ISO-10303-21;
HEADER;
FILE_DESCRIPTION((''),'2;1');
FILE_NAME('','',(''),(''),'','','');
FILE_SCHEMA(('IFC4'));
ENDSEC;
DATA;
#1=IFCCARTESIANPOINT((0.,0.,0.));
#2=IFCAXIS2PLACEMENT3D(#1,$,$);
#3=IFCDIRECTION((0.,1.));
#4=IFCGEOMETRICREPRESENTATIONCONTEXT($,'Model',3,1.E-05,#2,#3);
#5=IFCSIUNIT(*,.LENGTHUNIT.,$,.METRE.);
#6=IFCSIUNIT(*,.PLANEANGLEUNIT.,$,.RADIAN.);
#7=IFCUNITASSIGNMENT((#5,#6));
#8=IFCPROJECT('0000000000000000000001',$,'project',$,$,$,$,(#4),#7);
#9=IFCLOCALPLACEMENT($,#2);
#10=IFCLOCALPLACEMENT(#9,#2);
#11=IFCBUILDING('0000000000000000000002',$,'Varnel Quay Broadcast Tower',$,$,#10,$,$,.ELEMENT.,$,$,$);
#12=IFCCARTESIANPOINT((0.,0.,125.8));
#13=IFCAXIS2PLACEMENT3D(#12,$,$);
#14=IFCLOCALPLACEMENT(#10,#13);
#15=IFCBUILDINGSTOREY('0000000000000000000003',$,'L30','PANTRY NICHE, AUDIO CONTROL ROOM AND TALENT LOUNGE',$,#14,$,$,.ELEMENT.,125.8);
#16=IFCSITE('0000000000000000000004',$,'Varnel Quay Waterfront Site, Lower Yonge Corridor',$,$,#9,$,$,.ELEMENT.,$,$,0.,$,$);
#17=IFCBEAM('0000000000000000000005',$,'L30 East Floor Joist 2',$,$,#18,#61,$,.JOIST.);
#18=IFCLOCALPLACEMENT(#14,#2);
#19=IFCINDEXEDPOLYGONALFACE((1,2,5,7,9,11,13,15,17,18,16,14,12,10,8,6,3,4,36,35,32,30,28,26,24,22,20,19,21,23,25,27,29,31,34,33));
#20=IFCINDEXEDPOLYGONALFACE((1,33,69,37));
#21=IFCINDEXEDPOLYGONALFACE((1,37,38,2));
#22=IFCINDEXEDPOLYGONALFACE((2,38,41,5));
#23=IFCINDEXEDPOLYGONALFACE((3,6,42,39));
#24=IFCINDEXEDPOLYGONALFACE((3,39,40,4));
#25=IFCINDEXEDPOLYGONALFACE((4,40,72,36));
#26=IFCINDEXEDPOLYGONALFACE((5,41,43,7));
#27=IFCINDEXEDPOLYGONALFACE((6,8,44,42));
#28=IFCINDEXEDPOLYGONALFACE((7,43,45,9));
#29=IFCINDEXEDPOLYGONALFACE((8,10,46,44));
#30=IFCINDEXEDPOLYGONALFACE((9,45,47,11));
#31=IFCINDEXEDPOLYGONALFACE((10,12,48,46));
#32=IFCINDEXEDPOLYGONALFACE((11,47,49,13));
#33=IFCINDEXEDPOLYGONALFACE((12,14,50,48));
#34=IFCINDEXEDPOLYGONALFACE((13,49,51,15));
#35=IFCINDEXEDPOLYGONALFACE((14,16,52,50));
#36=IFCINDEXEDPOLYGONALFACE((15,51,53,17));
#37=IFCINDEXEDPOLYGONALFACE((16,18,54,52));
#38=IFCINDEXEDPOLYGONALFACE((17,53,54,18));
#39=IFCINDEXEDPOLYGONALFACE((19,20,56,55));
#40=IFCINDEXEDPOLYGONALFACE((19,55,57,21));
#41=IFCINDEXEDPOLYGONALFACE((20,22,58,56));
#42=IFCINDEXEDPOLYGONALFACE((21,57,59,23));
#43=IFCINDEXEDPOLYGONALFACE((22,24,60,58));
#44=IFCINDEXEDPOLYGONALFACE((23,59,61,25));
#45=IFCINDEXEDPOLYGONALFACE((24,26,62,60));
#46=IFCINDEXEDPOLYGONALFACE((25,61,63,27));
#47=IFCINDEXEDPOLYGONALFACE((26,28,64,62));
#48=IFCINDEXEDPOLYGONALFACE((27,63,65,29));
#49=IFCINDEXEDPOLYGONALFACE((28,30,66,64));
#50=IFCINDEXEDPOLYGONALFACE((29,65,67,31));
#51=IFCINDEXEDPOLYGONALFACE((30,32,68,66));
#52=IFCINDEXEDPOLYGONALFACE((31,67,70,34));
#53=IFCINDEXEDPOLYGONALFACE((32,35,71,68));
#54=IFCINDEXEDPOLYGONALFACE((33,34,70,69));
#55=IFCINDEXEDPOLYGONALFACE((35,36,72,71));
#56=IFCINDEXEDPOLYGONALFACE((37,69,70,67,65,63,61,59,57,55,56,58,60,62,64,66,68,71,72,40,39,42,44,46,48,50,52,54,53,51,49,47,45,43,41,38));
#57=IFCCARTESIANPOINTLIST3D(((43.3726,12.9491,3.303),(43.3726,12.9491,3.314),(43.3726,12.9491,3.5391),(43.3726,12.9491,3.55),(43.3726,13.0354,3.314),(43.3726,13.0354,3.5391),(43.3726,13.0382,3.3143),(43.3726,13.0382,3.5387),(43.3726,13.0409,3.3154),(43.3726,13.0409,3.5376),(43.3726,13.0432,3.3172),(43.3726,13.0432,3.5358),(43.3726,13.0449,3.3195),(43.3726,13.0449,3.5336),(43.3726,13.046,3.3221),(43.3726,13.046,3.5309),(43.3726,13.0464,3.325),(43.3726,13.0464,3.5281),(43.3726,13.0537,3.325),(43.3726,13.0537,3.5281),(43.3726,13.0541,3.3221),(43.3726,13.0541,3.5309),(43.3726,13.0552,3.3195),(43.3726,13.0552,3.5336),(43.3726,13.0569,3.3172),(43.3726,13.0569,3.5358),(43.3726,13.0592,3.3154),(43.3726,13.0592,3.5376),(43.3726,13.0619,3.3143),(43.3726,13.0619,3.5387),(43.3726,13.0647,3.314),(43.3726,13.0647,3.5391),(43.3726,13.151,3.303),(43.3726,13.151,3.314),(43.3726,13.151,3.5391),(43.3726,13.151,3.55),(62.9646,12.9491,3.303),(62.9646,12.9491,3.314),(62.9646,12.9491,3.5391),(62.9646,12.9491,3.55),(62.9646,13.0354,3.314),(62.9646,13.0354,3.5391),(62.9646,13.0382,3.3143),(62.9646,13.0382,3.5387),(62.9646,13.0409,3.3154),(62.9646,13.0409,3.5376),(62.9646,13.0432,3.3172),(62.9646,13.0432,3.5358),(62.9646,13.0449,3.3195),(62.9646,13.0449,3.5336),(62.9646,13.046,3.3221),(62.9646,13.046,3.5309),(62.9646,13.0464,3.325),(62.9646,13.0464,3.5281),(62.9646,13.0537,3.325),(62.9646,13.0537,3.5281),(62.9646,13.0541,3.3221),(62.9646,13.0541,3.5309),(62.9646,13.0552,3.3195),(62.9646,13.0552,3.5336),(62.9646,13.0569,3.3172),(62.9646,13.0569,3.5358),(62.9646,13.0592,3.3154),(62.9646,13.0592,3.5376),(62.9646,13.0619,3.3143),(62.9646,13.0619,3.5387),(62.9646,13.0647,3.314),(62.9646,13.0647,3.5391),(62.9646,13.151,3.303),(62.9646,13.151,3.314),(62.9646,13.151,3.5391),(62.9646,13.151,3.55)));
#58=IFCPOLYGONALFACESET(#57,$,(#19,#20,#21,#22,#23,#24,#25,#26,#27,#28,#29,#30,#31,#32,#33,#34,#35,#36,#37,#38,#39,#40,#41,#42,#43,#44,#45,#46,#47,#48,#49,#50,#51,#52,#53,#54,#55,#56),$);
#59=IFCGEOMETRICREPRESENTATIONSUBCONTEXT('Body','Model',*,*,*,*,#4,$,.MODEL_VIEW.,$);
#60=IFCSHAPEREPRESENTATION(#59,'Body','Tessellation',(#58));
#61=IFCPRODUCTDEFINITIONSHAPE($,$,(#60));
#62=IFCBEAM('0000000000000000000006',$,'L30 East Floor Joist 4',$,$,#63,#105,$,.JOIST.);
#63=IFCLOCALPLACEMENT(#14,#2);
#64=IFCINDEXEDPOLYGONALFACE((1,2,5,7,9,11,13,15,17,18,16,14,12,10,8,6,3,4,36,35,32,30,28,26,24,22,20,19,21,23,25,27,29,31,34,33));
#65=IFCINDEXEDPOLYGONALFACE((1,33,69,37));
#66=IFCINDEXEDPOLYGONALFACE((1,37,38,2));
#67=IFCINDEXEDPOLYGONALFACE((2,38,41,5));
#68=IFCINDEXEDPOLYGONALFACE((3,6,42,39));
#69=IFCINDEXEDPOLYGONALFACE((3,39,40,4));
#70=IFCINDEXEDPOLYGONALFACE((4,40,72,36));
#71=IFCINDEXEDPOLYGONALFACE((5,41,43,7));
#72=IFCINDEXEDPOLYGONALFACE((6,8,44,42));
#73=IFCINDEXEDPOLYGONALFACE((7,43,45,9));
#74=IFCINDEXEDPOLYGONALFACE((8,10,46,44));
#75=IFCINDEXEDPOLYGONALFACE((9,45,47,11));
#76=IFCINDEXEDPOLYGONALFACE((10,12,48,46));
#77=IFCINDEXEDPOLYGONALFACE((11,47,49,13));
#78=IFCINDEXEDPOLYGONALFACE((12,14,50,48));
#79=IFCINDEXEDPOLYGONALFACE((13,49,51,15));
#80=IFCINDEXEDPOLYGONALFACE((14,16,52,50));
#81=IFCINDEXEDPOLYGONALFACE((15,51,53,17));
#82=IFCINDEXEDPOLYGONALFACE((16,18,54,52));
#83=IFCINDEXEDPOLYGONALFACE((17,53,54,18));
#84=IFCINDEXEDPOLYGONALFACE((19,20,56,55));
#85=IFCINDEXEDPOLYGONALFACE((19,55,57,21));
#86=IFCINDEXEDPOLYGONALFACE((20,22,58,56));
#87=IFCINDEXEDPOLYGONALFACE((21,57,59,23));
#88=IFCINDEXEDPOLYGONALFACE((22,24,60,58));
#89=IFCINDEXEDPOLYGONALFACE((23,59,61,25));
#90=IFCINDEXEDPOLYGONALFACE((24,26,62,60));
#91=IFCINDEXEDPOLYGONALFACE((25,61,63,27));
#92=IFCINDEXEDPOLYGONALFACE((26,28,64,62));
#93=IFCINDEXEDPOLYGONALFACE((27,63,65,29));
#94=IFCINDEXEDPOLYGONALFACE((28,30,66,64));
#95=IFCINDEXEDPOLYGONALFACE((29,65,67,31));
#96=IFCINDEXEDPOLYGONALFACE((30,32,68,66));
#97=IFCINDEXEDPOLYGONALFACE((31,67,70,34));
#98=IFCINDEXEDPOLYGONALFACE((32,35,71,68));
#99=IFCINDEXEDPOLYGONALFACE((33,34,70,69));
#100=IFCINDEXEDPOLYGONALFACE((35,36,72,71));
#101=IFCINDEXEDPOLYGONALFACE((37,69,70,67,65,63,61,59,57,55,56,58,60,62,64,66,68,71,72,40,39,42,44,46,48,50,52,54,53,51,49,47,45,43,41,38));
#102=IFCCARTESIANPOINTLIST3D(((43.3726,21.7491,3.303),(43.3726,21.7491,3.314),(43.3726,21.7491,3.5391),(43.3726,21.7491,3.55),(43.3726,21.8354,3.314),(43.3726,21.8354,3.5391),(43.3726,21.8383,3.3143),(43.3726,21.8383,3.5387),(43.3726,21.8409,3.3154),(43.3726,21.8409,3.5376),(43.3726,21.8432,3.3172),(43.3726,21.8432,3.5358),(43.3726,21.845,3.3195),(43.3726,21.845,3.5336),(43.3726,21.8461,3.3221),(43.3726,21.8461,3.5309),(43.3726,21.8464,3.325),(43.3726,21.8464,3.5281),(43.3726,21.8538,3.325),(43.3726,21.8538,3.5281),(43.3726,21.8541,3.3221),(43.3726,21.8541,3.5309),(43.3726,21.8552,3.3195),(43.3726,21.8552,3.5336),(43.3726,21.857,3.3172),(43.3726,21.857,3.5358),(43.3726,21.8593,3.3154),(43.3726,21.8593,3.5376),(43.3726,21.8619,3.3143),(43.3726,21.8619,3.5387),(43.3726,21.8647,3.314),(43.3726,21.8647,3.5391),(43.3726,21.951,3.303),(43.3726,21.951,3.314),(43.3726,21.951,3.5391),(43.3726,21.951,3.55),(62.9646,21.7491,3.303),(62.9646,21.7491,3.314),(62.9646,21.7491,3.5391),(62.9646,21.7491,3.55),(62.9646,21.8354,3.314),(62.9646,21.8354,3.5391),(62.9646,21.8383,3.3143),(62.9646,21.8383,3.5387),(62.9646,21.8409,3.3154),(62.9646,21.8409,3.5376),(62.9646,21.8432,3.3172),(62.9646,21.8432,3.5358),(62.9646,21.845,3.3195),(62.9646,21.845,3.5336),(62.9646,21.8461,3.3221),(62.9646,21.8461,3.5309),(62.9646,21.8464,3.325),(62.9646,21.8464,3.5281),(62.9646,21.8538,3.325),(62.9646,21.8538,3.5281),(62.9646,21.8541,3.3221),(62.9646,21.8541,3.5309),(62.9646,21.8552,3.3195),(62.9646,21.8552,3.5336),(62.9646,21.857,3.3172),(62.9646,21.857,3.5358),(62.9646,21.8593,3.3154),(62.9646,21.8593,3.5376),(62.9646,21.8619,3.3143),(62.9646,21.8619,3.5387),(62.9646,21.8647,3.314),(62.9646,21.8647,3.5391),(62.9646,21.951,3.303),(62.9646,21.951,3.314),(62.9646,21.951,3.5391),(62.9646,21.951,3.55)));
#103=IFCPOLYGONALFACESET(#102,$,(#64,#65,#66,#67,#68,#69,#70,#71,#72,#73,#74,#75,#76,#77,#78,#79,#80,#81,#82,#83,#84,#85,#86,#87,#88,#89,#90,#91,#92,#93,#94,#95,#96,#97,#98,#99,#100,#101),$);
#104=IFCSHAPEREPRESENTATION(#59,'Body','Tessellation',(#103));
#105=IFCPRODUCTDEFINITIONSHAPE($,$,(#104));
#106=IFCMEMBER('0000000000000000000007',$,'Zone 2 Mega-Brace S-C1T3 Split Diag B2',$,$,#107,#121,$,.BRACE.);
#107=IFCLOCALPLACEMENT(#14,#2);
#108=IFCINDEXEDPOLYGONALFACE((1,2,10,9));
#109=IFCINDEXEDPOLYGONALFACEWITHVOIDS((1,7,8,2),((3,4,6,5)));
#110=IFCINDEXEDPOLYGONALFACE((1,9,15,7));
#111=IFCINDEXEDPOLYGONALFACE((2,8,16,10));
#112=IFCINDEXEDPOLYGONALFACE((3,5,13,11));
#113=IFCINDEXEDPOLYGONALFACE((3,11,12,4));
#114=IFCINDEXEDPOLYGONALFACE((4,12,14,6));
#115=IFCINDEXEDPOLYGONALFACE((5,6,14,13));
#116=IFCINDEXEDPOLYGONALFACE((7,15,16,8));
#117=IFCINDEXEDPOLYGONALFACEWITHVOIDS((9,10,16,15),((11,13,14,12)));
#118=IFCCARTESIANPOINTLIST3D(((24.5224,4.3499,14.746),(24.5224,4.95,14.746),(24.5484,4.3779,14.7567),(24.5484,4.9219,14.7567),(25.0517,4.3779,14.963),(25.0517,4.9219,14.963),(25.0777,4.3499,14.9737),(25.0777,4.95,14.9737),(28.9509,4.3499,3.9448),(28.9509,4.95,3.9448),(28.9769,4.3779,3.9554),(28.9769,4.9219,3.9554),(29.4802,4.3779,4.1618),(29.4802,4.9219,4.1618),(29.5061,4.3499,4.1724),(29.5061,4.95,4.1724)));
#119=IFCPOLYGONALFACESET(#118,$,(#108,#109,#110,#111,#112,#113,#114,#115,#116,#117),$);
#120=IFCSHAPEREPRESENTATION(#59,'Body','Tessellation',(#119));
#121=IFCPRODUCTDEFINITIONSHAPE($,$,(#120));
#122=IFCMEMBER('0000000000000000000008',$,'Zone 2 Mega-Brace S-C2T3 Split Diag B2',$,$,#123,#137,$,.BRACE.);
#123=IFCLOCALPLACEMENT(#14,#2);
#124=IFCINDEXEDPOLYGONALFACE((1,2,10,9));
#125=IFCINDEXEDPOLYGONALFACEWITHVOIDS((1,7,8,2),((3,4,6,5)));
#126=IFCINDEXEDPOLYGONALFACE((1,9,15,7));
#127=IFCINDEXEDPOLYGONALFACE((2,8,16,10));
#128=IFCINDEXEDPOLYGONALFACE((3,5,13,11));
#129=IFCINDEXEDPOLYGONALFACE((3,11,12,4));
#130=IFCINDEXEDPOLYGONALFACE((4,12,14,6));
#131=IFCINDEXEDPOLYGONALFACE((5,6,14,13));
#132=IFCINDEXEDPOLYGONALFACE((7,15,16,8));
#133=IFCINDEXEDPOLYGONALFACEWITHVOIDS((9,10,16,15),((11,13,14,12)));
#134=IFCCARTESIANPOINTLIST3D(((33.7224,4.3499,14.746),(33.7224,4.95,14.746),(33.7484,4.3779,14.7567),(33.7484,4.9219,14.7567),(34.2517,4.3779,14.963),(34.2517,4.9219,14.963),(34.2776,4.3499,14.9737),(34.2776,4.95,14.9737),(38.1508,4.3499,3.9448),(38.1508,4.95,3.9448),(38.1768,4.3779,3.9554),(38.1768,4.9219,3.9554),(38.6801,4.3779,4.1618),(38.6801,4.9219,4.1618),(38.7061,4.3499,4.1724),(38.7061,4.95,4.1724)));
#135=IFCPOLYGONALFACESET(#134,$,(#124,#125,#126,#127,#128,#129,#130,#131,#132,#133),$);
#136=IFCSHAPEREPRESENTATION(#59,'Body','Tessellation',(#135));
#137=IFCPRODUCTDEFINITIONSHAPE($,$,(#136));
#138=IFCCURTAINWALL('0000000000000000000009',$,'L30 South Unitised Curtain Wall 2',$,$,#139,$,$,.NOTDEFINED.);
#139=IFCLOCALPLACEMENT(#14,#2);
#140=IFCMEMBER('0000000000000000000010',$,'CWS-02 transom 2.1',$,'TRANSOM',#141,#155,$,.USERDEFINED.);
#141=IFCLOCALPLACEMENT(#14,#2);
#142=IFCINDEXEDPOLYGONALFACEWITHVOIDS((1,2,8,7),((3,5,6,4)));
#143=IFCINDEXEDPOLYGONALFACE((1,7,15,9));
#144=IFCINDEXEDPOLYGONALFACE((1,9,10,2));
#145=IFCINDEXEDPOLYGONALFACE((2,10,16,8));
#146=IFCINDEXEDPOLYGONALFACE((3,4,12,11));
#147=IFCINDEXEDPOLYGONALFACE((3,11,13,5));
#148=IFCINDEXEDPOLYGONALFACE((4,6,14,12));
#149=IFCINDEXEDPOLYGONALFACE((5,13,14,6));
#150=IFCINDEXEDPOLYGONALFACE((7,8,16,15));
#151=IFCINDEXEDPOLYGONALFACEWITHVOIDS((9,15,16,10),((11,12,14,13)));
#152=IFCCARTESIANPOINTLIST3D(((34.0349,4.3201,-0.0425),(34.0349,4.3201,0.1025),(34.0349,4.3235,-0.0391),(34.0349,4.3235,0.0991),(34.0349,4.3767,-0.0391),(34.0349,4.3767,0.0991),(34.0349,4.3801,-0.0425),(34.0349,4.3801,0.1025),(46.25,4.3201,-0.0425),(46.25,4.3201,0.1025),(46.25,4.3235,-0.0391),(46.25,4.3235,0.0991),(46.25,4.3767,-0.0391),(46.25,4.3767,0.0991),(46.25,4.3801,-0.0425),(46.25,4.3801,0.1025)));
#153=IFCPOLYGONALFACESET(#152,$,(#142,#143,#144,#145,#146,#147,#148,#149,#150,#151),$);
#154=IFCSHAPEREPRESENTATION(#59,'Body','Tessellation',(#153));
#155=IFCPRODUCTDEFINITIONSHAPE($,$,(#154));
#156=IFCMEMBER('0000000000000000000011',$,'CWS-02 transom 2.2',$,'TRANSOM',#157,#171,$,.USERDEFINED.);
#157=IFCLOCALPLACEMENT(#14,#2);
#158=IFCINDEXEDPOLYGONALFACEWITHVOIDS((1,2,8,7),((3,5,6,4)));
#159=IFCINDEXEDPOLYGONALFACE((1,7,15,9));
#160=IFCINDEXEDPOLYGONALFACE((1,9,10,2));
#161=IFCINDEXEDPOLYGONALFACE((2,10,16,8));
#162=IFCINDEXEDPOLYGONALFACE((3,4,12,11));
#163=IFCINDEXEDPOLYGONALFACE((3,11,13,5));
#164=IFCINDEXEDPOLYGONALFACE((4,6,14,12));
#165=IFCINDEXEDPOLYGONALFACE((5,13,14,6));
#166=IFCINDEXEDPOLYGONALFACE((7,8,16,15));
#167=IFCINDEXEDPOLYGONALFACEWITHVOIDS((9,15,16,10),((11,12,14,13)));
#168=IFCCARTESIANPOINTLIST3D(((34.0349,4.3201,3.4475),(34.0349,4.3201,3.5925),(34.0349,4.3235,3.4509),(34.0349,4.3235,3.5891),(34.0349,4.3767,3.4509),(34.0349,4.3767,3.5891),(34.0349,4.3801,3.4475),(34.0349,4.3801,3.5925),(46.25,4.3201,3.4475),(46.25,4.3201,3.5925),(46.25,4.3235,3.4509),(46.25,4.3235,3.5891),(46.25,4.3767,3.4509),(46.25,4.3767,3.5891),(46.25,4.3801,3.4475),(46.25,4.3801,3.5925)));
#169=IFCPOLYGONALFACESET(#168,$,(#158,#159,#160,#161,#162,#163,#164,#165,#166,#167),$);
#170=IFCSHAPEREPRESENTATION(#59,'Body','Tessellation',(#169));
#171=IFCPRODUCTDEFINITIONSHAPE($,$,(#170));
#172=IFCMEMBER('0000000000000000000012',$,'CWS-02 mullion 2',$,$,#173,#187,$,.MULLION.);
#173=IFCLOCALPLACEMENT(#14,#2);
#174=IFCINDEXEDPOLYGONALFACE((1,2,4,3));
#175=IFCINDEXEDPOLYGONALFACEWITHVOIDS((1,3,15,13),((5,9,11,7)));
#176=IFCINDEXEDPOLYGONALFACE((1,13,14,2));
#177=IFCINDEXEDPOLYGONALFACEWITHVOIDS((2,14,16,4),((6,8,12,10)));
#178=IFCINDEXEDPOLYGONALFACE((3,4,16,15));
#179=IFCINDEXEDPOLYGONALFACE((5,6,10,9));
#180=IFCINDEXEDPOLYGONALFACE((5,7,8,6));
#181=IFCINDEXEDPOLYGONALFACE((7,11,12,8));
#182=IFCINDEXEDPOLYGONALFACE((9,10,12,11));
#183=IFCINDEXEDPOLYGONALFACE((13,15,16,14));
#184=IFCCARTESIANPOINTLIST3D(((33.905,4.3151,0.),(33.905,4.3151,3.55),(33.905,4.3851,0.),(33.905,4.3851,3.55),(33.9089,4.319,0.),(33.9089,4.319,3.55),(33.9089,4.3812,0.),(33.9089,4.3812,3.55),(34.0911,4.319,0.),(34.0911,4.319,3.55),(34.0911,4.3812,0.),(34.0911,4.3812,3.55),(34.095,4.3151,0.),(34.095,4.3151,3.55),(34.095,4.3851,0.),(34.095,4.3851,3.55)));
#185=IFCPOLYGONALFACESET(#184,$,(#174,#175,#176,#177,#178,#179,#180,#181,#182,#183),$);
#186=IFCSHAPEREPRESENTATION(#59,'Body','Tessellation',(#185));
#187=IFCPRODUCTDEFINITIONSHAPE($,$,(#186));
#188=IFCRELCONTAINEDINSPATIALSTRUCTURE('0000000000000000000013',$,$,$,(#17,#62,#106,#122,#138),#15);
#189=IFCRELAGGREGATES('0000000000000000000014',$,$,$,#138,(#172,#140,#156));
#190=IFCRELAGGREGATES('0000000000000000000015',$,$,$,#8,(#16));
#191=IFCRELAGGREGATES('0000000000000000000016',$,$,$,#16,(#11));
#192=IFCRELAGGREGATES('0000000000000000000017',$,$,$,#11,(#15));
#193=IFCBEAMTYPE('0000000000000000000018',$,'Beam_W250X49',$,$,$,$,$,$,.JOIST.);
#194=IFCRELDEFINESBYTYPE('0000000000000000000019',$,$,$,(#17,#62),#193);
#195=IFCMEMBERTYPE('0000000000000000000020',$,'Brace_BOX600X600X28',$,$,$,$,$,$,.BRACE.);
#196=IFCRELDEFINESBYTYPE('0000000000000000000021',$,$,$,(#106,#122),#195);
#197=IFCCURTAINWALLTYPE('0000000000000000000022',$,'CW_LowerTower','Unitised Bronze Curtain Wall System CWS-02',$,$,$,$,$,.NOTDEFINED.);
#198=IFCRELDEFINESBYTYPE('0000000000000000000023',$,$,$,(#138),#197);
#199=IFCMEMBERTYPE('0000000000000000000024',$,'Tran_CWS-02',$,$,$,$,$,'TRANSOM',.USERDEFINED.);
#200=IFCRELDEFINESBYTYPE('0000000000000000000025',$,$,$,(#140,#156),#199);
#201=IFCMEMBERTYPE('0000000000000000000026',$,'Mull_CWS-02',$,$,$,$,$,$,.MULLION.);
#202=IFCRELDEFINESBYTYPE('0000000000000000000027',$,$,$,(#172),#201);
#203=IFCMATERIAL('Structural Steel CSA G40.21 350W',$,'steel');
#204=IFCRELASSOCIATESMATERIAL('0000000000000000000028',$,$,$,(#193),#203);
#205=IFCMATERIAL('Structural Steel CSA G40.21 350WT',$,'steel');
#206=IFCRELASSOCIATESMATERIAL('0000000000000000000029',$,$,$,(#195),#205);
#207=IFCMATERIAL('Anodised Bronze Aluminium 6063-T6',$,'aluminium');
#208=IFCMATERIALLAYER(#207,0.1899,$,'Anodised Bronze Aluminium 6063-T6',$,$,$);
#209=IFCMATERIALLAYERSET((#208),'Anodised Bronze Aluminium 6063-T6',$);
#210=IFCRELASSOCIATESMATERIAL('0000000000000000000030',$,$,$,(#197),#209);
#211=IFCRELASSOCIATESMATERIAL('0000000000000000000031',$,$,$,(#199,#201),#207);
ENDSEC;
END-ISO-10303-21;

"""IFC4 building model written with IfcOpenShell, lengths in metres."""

from ifc_helpers import new_model, si_unit, direction, frame, origin, origin_2d, place, context, subcontext, project, spatial, hollow_rectangle, i_section, extrude, source, transform, mapped, material, layer, layer_set, material_profile, profile_set, type_object, type_shapes, element, aggregate, save


model = new_model("IFC4")

# Units and contexts
model_context = context("Model", 3, precision=1e-05, world=origin(), true_north=direction((0.0, 1.0)))
body_context = subcontext(model_context, "Body", "Model", "MODEL_VIEW")
ifc_project = project(units=[si_unit("LENGTHUNIT", "METRE"), si_unit("PLANEANGLEUNIT", "RADIAN")], contexts=[model_context])

# Site, building, storey
site_placement = place(None, origin())
site = spatial("IfcSite", under=ifc_project, at=site_placement, Name="Varnel Quay Waterfront Site, Lower Yonge Corridor", CompositionType="ELEMENT", RefElevation=0.0)
building_placement = place(site_placement, origin())
building = spatial("IfcBuilding", under=site, at=building_placement, Name="Varnel Quay Broadcast Tower", CompositionType="ELEMENT")
storey_placement = place(building_placement, frame((0.0, 0.0, 125.8)))
storey = spatial("IfcBuildingStorey", under=building, at=storey_placement, Name="L30", Description="PANTRY NICHE, AUDIO CONTROL ROOM AND TALENT LOUNGE", CompositionType="ELEMENT", Elevation=125.8)

# Shared definitions
ifc_material_1 = material(Name="Structural Steel CSA G40.21 350W", Category="steel")

# Beams
ifc_material_profile_1 = material_profile(ifc_material_1, i_section(OverallWidth=0.2019, OverallDepth=0.2471, WebThickness=0.0073, FlangeThickness=0.011, FilletRadius=0.011, at=origin_2d()), Name="W250X49")
ifc_profile_set_1 = profile_set([ifc_material_profile_1], Name="Structural Steel CSA G40.21 350W")
beam_type_1 = type_object("IfcBeamType", Name="Beam_W250X49", PredefinedType="JOIST", material=ifc_profile_set_1)
shared_shape_1 = source(origin(), body_context, "Body", "SweptSolid", [
    extrude(i_section(OverallWidth=0.2019, OverallDepth=0.2471, WebThickness=0.0073, FlangeThickness=0.011, FilletRadius=0.011, at=origin_2d()), origin(), (0.0, 0.0, 1.0), 19.592),
])
type_shapes(beam_type_1, [shared_shape_1])
for number, where, z_axis, x_axis, name in (
    (1, (43.3726, 13.05, 3.4265), (1.0, 0.0, 0.0), (0.0, 1.0, 0.0), "L30 East Floor Joist 2"),
    (2, (43.3726, 21.8501, 3.4265), (1.0, 0.0, 0.0), (0.0, 1.0, 0.0), "L30 East Floor Joist 4"),
):
    element("IfcBeam", number, at=place(storey_placement, frame(where, z_axis=z_axis, x_axis=x_axis)), inside=storey, type_object=beam_type_1, Name=name, PredefinedType="JOIST", context=body_context, shape_type="MappedRepresentation", body=[
        mapped(shared_shape_1, transform((0.0, 0.0, 0.0), x_axis=(1.0, 0.0, 0.0), y_axis=(0.0, 1.0, 0.0), z_axis=(0.0, 0.0, 1.0), scale=1.0)),
    ])

# Members
ifc_material_2 = material(Name="Structural Steel CSA G40.21 350WT", Category="steel")
ifc_material_profile_2 = material_profile(ifc_material_2, hollow_rectangle(XDim=0.6001, YDim=0.6001, WallThickness=0.0281, at=origin_2d()), Name="BOX600X600X28")
ifc_profile_set_2 = profile_set([ifc_material_profile_2], Name="Structural Steel CSA G40.21 350WT")
member_type_1 = type_object("IfcMemberType", Name="Brace_BOX600X600X28", PredefinedType="BRACE", material=ifc_profile_set_2)
shared_shape_2 = source(origin(), body_context, "Body", "SweptSolid", [
    extrude(hollow_rectangle(XDim=0.6001, YDim=0.6001, WallThickness=0.0281, at=origin_2d()), origin(), (0.0, 0.0, 1.0), 11.6738),
])
type_shapes(member_type_1, [shared_shape_2])
for number, where, z_axis, x_axis, name in (
    (3, (29.2285, 4.6499, 4.0586), (-0.379349, 0.0, 0.925254), (0.0, -1.0, 0.0), "Zone 2 Mega-Brace S-C1T3 Split Diag B2"),
    (4, (38.4285, 4.6499, 4.0586), (-0.379349, 0.0, 0.925254), (0.0, -1.0, 0.0), "Zone 2 Mega-Brace S-C2T3 Split Diag B2"),
):
    element("IfcMember", number, at=place(storey_placement, frame(where, z_axis=z_axis, x_axis=x_axis)), inside=storey, type_object=member_type_1, Name=name, PredefinedType="BRACE", context=body_context, shape_type="MappedRepresentation", body=[
        mapped(shared_shape_2, transform((0.0, 0.0, 0.0), x_axis=(1.0, 0.0, 0.0), y_axis=(0.0, 1.0, 0.0), z_axis=(0.0, 0.0, 1.0), scale=1.0)),
    ])

# Curtain wall, members
ifc_material_3 = material(Name="Anodised Bronze Aluminium 6063-T6", Category="aluminium")
ifc_layer_1 = layer(ifc_material_3, 0.1899, Name="Anodised Bronze Aluminium 6063-T6")
ifc_layer_set_1 = layer_set([ifc_layer_1], Name="Anodised Bronze Aluminium 6063-T6")
curtain_wall_type = type_object("IfcCurtainWallType", Name="CW_LowerTower", Description="Unitised Bronze Curtain Wall System CWS-02", PredefinedType="NOTDEFINED", material=ifc_layer_set_1)
curtain_wall_placement = place(storey_placement, origin())
curtain_wall = element("IfcCurtainWall", 5, at=curtain_wall_placement, inside=storey, type_object=curtain_wall_type, Name="L30 South Unitised Curtain Wall 2", PredefinedType="NOTDEFINED")
ifc_material_profile_3 = material_profile(ifc_material_3, hollow_rectangle(XDim=0.0601, YDim=0.145, WallThickness=0.0034, at=origin_2d()), Name="ALU60X145X3.5")
ifc_profile_set_3 = profile_set([ifc_material_profile_3], Name="Anodised Bronze Aluminium 6063-T6")
member_type_2 = type_object("IfcMemberType", Name="Tran_CWS-02", ElementType="TRANSOM", PredefinedType="USERDEFINED", material=ifc_profile_set_3)
shared_shape_3 = source(origin(), body_context, "Body", "SweptSolid", [
    extrude(hollow_rectangle(XDim=0.0601, YDim=0.145, WallThickness=0.0034, at=origin_2d()), origin(), (0.0, 0.0, 1.0), 12.2151),
])
type_shapes(member_type_2, [shared_shape_3])
member_1_placement = place(storey_placement, frame((34.0349, 4.3501, 0.03), z_axis=(1.0, 0.0, 0.0), x_axis=(0.0, 1.0, 0.0)))
member_1 = element("IfcMember", 6, at=member_1_placement, type_object=member_type_2, Name="CWS-02 transom 2.1", ObjectType="TRANSOM", PredefinedType="USERDEFINED", context=body_context, shape_type="MappedRepresentation", body=[
    mapped(shared_shape_3, transform((0.0, 0.0, 0.0), x_axis=(1.0, 0.0, 0.0), y_axis=(0.0, 1.0, 0.0), z_axis=(0.0, 0.0, 1.0), scale=1.0)),
])
member_2_placement = place(storey_placement, frame((34.0349, 4.3501, 3.52), z_axis=(1.0, 0.0, 0.0), x_axis=(0.0, 1.0, 0.0)))
member_2 = element("IfcMember", 7, at=member_2_placement, type_object=member_type_2, Name="CWS-02 transom 2.2", ObjectType="TRANSOM", PredefinedType="USERDEFINED", context=body_context, shape_type="MappedRepresentation", body=[
    mapped(shared_shape_3, transform((0.0, 0.0, 0.0), x_axis=(1.0, 0.0, 0.0), y_axis=(0.0, 1.0, 0.0), z_axis=(0.0, 0.0, 1.0), scale=1.0)),
])
ifc_material_profile_4 = material_profile(ifc_material_3, hollow_rectangle(XDim=0.0701, YDim=0.1899, WallThickness=0.0039, at=origin_2d()), Name="ALU70X190X4")
ifc_profile_set_4 = profile_set([ifc_material_profile_4], Name="Anodised Bronze Aluminium 6063-T6")
member_type_3 = type_object("IfcMemberType", Name="Mull_CWS-02", PredefinedType="MULLION", material=ifc_profile_set_4)
shared_shape_4 = source(origin(), body_context, "Body", "SweptSolid", [
    extrude(hollow_rectangle(XDim=0.0701, YDim=0.1899, WallThickness=0.0039, at=origin_2d()), origin(), (0.0, 0.0, 1.0), 3.55),
])
type_shapes(member_type_3, [shared_shape_4])
member_3_placement = place(storey_placement, frame((34.0, 4.3501, 0.0), z_axis=(0.0, 0.0, 1.0), x_axis=(0.0, 1.0, 0.0)))
member_3 = element("IfcMember", 8, at=member_3_placement, type_object=member_type_3, Name="CWS-02 mullion 2", PredefinedType="MULLION", context=body_context, shape_type="MappedRepresentation", body=[
    mapped(shared_shape_4, transform((0.0, 0.0, 0.0), x_axis=(1.0, 0.0, 0.0), y_axis=(0.0, 1.0, 0.0), z_axis=(0.0, 0.0, 1.0), scale=1.0)),
])

aggregate(curtain_wall, [member_3, member_1, member_2])

save(model, "model.ifc")
